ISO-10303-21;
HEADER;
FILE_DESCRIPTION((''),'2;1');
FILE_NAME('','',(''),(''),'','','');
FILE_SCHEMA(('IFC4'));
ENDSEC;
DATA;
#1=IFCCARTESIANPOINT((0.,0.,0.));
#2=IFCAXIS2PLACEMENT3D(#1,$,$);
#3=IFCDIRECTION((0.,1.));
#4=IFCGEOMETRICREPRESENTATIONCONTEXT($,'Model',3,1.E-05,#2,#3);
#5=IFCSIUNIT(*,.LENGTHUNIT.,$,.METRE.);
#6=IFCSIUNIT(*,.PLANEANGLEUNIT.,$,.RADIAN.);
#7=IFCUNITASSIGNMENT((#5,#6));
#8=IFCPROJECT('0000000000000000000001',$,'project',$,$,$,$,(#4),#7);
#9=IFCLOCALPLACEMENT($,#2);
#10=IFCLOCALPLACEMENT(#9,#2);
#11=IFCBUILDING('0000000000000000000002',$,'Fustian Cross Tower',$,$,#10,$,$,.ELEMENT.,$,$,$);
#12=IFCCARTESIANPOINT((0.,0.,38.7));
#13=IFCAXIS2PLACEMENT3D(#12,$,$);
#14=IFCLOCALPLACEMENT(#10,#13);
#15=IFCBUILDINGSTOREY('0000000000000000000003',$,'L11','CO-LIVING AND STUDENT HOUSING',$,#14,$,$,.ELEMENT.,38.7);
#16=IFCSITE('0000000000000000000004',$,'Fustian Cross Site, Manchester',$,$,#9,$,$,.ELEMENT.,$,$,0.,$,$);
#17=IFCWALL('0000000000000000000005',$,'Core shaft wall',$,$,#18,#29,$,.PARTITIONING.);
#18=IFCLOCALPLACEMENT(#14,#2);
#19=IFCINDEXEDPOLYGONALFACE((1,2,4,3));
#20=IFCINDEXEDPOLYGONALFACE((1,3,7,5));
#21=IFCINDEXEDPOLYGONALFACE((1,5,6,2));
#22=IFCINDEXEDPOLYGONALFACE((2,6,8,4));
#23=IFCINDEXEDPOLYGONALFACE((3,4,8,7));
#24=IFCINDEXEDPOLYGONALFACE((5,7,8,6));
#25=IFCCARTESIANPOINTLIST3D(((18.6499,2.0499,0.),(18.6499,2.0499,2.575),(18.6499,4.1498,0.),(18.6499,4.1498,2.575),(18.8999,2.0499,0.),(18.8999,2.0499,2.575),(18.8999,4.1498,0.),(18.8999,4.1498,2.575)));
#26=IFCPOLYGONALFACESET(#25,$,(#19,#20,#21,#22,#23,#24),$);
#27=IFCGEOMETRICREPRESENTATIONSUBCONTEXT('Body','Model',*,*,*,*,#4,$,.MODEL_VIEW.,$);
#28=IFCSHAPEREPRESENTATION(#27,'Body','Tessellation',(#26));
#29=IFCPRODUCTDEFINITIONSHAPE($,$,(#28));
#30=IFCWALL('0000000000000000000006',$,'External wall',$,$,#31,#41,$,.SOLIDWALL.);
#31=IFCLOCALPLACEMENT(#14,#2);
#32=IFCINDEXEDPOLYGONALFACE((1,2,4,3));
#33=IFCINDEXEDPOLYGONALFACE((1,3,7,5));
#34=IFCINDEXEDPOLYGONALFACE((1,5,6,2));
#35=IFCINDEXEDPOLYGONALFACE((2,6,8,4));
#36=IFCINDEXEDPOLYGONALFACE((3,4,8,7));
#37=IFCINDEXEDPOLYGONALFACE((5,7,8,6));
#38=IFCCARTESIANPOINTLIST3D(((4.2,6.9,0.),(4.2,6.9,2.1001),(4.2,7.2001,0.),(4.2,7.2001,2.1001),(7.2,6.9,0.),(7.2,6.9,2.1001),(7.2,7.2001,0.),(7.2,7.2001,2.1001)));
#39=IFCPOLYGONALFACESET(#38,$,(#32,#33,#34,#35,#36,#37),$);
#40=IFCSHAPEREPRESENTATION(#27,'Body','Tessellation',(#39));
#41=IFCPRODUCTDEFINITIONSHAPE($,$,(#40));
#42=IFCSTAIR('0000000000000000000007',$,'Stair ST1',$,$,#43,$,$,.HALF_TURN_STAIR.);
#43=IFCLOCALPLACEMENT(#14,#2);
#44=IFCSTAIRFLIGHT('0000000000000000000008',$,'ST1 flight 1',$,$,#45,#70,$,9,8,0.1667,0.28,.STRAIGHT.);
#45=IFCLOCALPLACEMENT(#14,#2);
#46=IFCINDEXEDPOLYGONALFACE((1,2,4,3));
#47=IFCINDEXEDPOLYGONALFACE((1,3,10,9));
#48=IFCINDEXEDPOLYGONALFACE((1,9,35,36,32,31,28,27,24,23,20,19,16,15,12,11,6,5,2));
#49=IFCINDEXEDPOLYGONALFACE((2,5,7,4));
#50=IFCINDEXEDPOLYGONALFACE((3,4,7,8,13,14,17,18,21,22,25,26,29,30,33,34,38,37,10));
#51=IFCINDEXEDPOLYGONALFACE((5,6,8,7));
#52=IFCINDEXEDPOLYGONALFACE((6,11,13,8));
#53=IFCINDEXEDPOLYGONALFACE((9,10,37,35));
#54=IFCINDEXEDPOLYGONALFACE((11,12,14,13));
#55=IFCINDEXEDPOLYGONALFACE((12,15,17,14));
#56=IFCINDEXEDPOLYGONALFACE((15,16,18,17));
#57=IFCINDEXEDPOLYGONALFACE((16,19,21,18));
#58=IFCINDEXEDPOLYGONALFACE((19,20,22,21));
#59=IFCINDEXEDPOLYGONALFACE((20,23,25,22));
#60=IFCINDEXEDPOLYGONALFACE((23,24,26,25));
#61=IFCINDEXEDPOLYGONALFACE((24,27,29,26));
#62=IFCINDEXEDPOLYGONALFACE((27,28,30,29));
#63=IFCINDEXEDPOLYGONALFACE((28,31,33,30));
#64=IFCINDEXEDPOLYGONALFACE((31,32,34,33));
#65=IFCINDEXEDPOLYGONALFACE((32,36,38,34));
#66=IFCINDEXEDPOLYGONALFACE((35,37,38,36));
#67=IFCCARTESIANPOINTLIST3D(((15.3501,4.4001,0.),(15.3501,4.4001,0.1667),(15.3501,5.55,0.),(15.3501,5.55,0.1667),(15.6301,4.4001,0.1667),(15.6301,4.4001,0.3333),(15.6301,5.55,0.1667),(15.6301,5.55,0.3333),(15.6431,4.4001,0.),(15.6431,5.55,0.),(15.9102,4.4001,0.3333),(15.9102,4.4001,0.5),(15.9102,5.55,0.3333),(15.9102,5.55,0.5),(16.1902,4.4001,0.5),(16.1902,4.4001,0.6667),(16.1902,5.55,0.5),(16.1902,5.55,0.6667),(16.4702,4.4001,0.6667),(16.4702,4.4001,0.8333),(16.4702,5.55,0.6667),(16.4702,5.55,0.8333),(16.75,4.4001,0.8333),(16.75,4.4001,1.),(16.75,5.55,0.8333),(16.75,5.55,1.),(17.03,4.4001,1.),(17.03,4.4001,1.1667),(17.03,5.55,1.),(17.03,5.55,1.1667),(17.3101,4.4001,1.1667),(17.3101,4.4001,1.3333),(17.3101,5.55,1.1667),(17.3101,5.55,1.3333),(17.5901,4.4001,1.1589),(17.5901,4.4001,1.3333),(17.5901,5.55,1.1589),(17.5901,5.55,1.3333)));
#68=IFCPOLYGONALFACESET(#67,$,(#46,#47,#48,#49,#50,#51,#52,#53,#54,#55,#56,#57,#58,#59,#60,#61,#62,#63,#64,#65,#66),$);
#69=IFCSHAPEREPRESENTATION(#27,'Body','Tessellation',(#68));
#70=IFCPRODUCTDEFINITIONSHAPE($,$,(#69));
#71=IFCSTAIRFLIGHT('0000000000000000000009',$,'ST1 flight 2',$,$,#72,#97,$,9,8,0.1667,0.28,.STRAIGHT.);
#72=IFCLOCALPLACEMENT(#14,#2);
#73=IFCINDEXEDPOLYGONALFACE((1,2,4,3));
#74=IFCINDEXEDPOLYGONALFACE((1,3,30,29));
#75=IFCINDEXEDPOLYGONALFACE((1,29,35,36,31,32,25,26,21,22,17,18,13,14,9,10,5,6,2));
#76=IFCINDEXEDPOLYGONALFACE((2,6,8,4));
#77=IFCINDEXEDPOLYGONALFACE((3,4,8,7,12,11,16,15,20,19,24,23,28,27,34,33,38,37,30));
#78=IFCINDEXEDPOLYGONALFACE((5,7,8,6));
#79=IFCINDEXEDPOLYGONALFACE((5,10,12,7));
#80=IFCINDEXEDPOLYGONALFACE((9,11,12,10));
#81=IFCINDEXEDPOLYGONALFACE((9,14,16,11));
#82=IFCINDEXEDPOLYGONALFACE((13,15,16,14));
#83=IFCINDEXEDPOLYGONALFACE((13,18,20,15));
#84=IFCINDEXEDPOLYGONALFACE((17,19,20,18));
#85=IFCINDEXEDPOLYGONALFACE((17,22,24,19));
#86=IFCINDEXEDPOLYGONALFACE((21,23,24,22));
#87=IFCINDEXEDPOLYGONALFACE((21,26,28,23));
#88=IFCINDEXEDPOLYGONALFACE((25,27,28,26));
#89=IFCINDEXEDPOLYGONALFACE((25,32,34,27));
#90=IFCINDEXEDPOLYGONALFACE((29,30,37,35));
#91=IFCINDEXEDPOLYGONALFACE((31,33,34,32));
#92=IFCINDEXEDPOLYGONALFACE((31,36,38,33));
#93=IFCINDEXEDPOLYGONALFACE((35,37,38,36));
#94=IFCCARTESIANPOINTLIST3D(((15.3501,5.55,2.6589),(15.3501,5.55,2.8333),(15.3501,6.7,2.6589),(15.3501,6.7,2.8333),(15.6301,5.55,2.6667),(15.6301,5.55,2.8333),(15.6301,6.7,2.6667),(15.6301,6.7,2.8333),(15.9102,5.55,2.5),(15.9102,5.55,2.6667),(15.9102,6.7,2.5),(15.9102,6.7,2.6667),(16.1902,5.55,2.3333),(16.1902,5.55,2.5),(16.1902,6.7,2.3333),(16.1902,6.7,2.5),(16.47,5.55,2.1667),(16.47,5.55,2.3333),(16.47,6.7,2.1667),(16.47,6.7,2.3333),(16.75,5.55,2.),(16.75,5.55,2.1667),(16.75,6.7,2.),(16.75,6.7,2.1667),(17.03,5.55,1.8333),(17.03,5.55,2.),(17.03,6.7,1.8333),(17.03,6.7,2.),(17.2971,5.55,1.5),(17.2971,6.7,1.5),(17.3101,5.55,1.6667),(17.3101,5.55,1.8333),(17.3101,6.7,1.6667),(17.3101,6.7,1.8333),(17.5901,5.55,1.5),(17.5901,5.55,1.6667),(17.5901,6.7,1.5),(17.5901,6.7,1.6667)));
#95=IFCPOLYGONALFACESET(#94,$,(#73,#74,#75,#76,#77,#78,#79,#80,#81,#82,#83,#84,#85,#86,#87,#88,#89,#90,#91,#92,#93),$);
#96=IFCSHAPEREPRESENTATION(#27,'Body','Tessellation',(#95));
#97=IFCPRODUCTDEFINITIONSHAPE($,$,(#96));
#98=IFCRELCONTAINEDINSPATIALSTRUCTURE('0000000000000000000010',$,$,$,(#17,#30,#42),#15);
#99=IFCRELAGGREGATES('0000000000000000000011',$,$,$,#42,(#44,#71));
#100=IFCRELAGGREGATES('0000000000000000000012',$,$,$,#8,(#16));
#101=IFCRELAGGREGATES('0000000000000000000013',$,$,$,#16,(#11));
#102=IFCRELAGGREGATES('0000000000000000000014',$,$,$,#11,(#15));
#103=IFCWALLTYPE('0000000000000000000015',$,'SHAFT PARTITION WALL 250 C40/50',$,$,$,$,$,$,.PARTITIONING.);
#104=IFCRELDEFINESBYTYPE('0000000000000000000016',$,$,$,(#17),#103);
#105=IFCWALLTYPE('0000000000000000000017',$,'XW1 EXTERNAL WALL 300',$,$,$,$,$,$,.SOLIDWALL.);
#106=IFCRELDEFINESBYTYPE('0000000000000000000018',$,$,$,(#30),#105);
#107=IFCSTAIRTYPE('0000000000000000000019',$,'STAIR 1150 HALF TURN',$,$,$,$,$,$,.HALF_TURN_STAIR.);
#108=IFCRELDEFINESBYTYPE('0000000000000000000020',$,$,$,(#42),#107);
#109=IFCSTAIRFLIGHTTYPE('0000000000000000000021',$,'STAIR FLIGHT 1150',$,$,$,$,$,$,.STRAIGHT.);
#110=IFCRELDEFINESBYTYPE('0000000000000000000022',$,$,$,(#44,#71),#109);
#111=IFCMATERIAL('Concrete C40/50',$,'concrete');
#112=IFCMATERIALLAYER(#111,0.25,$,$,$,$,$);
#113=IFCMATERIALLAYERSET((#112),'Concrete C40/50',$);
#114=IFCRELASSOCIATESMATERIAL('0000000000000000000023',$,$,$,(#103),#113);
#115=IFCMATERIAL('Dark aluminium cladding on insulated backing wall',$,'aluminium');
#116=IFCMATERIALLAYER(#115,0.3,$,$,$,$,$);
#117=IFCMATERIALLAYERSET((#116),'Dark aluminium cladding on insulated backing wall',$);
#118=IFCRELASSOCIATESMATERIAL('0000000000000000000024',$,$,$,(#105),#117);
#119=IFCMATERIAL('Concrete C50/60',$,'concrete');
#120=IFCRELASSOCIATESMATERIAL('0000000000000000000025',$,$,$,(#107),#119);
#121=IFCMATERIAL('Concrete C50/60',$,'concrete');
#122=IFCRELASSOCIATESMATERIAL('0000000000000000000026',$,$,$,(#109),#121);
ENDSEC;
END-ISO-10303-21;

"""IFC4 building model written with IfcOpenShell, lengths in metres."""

from ifc_helpers import new_model, si_unit, direction, frame, frame_2d, origin, place, context, subcontext, project, spatial, polyline, rectangle, outline, extrude, material, layer, layer_set, type_object, element, aggregate, save


model = new_model("IFC4")

# Units and contexts
model_context = context("Model", 3, precision=1e-05, world=origin(), true_north=direction((0.0, 1.0)))
body_context = subcontext(model_context, "Body", "Model", "MODEL_VIEW")
ifc_project = project(units=[si_unit("LENGTHUNIT", "METRE"), si_unit("PLANEANGLEUNIT", "RADIAN")], contexts=[model_context])

# Site, building, storey
site_placement = place(None, origin())
site = spatial("IfcSite", under=ifc_project, at=site_placement, Name="Fustian Cross Site, Manchester", CompositionType="ELEMENT", RefElevation=0.0)
building_placement = place(site_placement, origin())
building = spatial("IfcBuilding", under=site, at=building_placement, Name="Fustian Cross Tower", CompositionType="ELEMENT")
storey_placement = place(building_placement, frame((0.0, 0.0, 38.7)))
storey = spatial("IfcBuildingStorey", under=building, at=storey_placement, Name="L11", Description="CO-LIVING AND STUDENT HOUSING", CompositionType="ELEMENT", Elevation=38.7)

# Walls
ifc_material_1 = material(Name="Concrete C40/50", Category="concrete")
ifc_layer_1 = layer(ifc_material_1, 0.25)
ifc_layer_set_1 = layer_set([ifc_layer_1], Name="Concrete C40/50")
wall_type_1 = type_object("IfcWallType", Name="SHAFT PARTITION WALL 250 C40/50", PredefinedType="PARTITIONING", material=ifc_layer_set_1)
wall_1_placement = place(storey_placement, frame((18.7749, 2.05, 0.0), z_axis=(0.0, 0.0, 1.0), x_axis=(0.0, 1.0, 0.0)))
element("IfcWall", 1, at=wall_1_placement, inside=storey, type_object=wall_type_1, Name="Core shaft wall", PredefinedType="PARTITIONING", context=body_context, shape_type="SweptSolid", body=[
    extrude(rectangle(XDim=2.0999, YDim=0.25, at=frame_2d((1.0498, 0.0))), origin(), (0.0, 0.0, 1.0), 2.575),
])
ifc_material_2 = material(Name="Dark aluminium cladding on insulated backing wall", Category="aluminium")
ifc_layer_2 = layer(ifc_material_2, 0.3)
ifc_layer_set_2 = layer_set([ifc_layer_2], Name="Dark aluminium cladding on insulated backing wall")
wall_type_2 = type_object("IfcWallType", Name="XW1 EXTERNAL WALL 300", PredefinedType="SOLIDWALL", material=ifc_layer_set_2)
wall_2_placement = place(storey_placement, frame((7.2, 7.05, 0.0), z_axis=(0.0, 0.0, 1.0), x_axis=(-1.0, 0.0, 0.0)))
element("IfcWall", 2, at=wall_2_placement, inside=storey, type_object=wall_type_2, Name="External wall", PredefinedType="SOLIDWALL", context=body_context, shape_type="SweptSolid", body=[
    extrude(rectangle(XDim=3.0, YDim=0.3, at=frame_2d((1.5, 0.0))), origin(), (0.0, 0.0, 1.0), 2.1001),
])

# Stair, stair flights
ifc_material_3 = material(Name="Concrete C50/60", Category="concrete")
stair_type = type_object("IfcStairType", Name="STAIR 1150 HALF TURN", PredefinedType="HALF_TURN_STAIR", material=ifc_material_3)
stair_placement = place(storey_placement, origin())
stair = element("IfcStair", 3, at=stair_placement, inside=storey, type_object=stair_type, Name="Stair ST1", PredefinedType="HALF_TURN_STAIR")
ifc_material_4 = material(Name="Concrete C50/60", Category="concrete")
stair_flight_type = type_object("IfcStairFlightType", Name="STAIR FLIGHT 1150", PredefinedType="STRAIGHT", material=ifc_material_4)
stair_flight_1_placement = place(storey_placement, frame((15.3501, 4.9751, 0.0), z_axis=(0.0, 0.0, 1.0), x_axis=(1.0, 0.0, 0.0)))
stair_flight_1 = element("IfcStairFlight", 4, at=stair_flight_1_placement, type_object=stair_flight_type, Name="ST1 flight 1", NumberOfRisers=9, NumberOfTreads=8, PredefinedType="STRAIGHT", RiserHeight=0.1667, TreadLength=0.28, context=body_context, shape_type="SweptSolid", body=[
    extrude(outline(polyline([(0.0, 0.0), (0.0, 0.1667), (0.28, 0.1667), (0.28, 0.3333), (0.5601, 0.3333), (0.5601, 0.5), (0.8401, 0.5), (0.8401, 0.6667), (1.1201, 0.6667), (1.1201, 0.8333), (1.3999, 0.8333), (1.3999, 1.0), (1.6799, 1.0), (1.6799, 1.1667), (1.96, 1.1667), (1.96, 1.3333), (2.24, 1.3333), (2.24, 1.5), (2.24, 1.1589), (0.293, 0.0), (0.0, 0.0)])), frame((0.0, 0.575, 0.0), z_axis=(0.0, -1.0, 0.0), x_axis=(1.0, 0.0, 0.0)), (0.0, 0.0, 1.0), 1.1499),
])
stair_flight_2_placement = place(storey_placement, frame((17.5901, 6.125, 1.5), z_axis=(0.0, 0.0, 1.0), x_axis=(-1.0, 0.0, 0.0)))
stair_flight_2 = element("IfcStairFlight", 5, at=stair_flight_2_placement, type_object=stair_flight_type, Name="ST1 flight 2", NumberOfRisers=9, NumberOfTreads=8, PredefinedType="STRAIGHT", RiserHeight=0.1667, TreadLength=0.28, context=body_context, shape_type="SweptSolid", body=[
    extrude(outline(polyline([(0.0, 0.0), (0.0, 0.1667), (0.28, 0.1667), (0.28, 0.3333), (0.5601, 0.3333), (0.5601, 0.5), (0.8401, 0.5), (0.8401, 0.6667), (1.1201, 0.6667), (1.1201, 0.8333), (1.3999, 0.8333), (1.3999, 1.0), (1.6799, 1.0), (1.6799, 1.1667), (1.96, 1.1667), (1.96, 1.3333), (2.24, 1.3333), (2.24, 1.5), (2.24, 1.1589), (0.293, 0.0), (0.0, 0.0)])), frame((0.0, 0.575, 0.0), z_axis=(0.0, -1.0, 0.0), x_axis=(1.0, 0.0, 0.0)), (0.0, 0.0, 1.0), 1.1499),
])
aggregate(stair, [stair_flight_1, stair_flight_2])

save(model, "model.ifc")
